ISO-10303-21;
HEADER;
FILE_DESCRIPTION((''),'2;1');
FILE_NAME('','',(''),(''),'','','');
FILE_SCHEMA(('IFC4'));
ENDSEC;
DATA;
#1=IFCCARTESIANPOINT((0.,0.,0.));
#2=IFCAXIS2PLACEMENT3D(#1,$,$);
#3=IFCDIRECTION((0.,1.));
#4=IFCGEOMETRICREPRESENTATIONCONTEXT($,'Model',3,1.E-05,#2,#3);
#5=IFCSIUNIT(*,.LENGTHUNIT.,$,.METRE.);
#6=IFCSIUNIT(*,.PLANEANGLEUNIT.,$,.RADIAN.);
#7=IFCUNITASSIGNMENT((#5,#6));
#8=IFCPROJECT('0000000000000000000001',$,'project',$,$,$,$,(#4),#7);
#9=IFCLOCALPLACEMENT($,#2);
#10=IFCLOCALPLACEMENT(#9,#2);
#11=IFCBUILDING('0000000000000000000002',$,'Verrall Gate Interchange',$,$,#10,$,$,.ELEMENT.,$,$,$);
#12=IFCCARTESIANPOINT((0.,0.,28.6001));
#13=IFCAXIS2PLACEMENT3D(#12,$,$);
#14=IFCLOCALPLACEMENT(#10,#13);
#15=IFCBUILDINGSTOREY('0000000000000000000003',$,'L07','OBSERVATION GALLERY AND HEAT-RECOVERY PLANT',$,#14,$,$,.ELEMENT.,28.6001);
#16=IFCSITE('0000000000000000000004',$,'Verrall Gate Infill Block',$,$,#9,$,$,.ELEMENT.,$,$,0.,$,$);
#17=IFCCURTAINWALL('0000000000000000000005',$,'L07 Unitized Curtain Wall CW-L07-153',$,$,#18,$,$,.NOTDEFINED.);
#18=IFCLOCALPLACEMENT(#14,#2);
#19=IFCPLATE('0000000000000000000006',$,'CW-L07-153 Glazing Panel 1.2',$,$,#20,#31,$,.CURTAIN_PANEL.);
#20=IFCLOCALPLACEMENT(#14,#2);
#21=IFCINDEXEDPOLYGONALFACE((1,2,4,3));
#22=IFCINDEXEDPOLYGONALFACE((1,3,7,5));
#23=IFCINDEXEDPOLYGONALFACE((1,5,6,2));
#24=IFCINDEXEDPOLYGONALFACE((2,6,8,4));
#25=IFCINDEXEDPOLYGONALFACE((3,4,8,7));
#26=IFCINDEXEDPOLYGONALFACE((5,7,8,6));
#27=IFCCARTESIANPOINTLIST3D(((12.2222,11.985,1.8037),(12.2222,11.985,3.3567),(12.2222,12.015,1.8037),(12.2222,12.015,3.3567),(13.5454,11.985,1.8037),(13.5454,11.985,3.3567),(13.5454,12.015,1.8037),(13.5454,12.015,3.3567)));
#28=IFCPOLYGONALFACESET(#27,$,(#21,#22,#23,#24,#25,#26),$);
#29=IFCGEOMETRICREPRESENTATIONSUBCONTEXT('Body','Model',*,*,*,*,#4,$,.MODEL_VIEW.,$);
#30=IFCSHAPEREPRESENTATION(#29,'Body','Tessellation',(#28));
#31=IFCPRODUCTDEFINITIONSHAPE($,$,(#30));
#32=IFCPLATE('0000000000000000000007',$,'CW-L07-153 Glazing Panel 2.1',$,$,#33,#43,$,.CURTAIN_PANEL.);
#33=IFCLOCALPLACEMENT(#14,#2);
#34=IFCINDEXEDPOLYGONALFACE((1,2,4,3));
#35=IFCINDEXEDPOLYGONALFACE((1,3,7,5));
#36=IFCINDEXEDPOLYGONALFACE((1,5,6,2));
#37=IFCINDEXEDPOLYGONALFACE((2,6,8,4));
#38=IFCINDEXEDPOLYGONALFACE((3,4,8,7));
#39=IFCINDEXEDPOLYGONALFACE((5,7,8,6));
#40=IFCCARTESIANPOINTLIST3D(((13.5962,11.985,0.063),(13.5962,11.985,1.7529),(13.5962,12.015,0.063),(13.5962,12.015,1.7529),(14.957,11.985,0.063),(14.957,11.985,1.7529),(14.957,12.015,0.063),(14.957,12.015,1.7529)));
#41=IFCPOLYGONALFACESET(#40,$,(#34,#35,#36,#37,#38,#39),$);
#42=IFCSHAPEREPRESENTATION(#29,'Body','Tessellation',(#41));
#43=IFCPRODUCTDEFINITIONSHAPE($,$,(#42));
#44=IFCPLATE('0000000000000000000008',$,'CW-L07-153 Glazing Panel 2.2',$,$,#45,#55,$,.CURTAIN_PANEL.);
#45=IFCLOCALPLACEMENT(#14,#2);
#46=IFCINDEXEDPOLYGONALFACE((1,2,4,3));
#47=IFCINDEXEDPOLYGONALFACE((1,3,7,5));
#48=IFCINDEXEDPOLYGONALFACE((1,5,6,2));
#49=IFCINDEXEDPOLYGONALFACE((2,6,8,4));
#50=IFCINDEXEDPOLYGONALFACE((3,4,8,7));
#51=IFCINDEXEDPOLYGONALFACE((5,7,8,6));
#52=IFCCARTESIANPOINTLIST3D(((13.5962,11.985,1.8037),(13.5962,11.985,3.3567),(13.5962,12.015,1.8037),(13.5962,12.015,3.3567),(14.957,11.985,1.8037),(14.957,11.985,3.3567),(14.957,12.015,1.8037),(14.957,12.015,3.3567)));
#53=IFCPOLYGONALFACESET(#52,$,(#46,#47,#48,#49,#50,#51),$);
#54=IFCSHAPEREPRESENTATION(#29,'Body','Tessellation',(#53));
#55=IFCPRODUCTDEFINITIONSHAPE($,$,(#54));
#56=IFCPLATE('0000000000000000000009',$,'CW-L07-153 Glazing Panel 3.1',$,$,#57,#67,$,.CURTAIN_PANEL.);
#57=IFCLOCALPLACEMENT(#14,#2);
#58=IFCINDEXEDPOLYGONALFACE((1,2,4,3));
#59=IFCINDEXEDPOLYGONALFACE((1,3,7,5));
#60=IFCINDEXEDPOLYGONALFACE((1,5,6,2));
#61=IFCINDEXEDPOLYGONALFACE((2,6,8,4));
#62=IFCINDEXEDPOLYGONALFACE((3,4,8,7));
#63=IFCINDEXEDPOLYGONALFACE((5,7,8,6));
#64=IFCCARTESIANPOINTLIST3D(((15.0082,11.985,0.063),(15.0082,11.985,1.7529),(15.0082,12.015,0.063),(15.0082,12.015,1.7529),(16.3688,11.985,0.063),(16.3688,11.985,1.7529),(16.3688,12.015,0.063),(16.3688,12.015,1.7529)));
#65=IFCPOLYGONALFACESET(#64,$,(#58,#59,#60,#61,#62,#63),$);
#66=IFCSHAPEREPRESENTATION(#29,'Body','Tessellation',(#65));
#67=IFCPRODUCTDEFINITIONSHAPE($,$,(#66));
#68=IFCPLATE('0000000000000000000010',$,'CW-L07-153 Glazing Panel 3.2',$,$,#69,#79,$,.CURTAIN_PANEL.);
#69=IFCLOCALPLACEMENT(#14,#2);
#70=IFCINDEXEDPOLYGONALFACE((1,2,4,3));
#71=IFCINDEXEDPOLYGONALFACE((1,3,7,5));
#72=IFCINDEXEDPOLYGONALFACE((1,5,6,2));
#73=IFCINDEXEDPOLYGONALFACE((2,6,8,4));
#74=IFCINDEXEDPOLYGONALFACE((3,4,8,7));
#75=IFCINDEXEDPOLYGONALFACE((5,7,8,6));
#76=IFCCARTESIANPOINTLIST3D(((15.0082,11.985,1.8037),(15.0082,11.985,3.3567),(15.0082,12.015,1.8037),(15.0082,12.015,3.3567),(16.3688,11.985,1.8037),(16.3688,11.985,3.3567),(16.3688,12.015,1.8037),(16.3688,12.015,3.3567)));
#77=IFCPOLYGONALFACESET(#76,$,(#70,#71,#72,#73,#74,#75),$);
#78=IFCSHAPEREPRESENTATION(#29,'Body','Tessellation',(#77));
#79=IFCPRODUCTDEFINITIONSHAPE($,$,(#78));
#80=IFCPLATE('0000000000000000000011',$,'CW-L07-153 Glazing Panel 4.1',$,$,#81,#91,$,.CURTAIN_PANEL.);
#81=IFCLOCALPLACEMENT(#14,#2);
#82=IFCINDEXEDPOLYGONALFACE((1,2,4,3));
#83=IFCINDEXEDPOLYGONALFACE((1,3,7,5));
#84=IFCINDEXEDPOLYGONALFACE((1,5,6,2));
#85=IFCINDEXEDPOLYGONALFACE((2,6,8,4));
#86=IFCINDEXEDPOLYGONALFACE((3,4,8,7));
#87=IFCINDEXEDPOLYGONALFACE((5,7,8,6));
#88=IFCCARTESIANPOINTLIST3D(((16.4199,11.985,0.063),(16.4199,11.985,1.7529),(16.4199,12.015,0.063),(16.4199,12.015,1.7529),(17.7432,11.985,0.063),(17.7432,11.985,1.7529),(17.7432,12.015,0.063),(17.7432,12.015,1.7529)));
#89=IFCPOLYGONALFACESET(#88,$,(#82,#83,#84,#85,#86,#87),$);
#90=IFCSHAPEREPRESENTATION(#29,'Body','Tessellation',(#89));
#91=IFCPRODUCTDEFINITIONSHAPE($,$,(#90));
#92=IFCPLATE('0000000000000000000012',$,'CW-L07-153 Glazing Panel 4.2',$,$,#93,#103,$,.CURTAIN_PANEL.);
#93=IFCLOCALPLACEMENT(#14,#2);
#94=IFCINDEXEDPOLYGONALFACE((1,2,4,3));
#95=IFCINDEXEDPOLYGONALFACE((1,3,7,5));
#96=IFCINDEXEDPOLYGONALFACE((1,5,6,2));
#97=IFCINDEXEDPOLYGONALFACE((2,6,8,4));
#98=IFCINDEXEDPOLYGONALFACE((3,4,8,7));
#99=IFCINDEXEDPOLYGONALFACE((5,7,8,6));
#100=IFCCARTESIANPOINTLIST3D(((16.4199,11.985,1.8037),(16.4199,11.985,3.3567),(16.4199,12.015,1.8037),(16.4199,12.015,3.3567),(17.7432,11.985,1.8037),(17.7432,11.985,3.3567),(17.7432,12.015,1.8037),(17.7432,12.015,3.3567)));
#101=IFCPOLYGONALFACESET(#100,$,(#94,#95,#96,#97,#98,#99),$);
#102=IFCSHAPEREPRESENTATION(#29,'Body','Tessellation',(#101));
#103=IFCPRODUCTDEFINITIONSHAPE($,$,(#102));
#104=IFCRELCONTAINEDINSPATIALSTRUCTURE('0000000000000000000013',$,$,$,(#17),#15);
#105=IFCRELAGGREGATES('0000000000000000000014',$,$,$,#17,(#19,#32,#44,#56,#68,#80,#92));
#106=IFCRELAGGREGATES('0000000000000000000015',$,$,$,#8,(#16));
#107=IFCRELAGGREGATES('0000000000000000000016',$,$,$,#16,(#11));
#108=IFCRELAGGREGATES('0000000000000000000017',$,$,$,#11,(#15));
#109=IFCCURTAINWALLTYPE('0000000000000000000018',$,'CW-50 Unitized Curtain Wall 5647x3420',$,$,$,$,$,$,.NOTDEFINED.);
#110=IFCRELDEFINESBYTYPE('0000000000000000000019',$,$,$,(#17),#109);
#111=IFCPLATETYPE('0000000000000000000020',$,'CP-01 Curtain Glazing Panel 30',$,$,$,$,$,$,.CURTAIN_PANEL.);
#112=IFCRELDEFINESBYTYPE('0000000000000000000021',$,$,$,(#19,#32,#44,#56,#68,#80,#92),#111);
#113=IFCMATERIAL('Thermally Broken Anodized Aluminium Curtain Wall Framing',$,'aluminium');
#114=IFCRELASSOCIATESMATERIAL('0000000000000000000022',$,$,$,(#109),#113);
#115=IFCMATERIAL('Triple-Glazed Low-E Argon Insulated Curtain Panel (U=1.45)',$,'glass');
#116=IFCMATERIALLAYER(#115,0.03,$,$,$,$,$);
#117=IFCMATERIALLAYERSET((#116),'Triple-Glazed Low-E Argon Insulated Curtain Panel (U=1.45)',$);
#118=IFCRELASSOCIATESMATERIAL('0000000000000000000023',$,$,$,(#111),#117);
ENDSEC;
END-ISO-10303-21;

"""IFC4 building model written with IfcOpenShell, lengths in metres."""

from ifc_helpers import new_model, si_unit, direction, frame, origin, origin_2d, place, context, subcontext, project, spatial, rectangle, extrude, material, layer, layer_set, type_object, element, aggregate, save


model = new_model("IFC4")

# Units and contexts
model_context = context("Model", 3, precision=1e-05, world=origin(), true_north=direction((0.0, 1.0)))
body_context = subcontext(model_context, "Body", "Model", "MODEL_VIEW")
ifc_project = project(units=[si_unit("LENGTHUNIT", "METRE"), si_unit("PLANEANGLEUNIT", "RADIAN")], contexts=[model_context])

# Site, building, storey
site_placement = place(None, origin())
site = spatial("IfcSite", under=ifc_project, at=site_placement, Name="Verrall Gate Infill Block", CompositionType="ELEMENT", RefElevation=0.0)
building_placement = place(site_placement, origin())
building = spatial("IfcBuilding", under=site, at=building_placement, Name="Verrall Gate Interchange", CompositionType="ELEMENT")
storey_placement = place(building_placement, frame((0.0, 0.0, 28.6001)))
storey = spatial("IfcBuildingStorey", under=building, at=storey_placement, Name="L07", Description="OBSERVATION GALLERY AND HEAT-RECOVERY PLANT", CompositionType="ELEMENT", Elevation=28.6001)

# Curtain wall
ifc_material_1 = material(Name="Thermally Broken Anodized Aluminium Curtain Wall Framing", Category="aluminium")
curtain_wall_type = type_object("IfcCurtainWallType", Name="CW-50 Unitized Curtain Wall 5647x3420", PredefinedType="NOTDEFINED", material=ifc_material_1)
curtain_wall_1_placement = place(storey_placement, origin())
curtain_wall_1 = element("IfcCurtainWall", 1, at=curtain_wall_1_placement, inside=storey, type_object=curtain_wall_type, Name="L07 Unitized Curtain Wall CW-L07-153", PredefinedType="NOTDEFINED")

# Plates
ifc_material_2 = material(Name="Triple-Glazed Low-E Argon Insulated Curtain Panel (U=1.45)", Category="glass")
ifc_layer_1 = layer(ifc_material_2, 0.03)
ifc_layer_set_1 = layer_set([ifc_layer_1], Name="Triple-Glazed Low-E Argon Insulated Curtain Panel (U=1.45)")
plate_type_1 = type_object("IfcPlateType", Name="CP-01 Curtain Glazing Panel 30", PredefinedType="CURTAIN_PANEL", material=ifc_layer_set_1)
plate_1_placement = place(storey_placement, frame((12.8838, 12.0, 1.8037), z_axis=(0.0, 0.0, 1.0), x_axis=(1.0, 0.0, 0.0)))
plate_1 = element("IfcPlate", 2, at=plate_1_placement, type_object=plate_type_1, Name="CW-L07-153 Glazing Panel 1.2", PredefinedType="CURTAIN_PANEL", context=body_context, shape_type="SweptSolid", body=[
    extrude(rectangle(XDim=1.3232, YDim=0.03, at=origin_2d()), origin(), (0.0, 0.0, 1.0), 1.553),
])
plate_2_placement = place(storey_placement, frame((14.2766, 12.0, 0.063), z_axis=(0.0, 0.0, 1.0), x_axis=(1.0, 0.0, 0.0)))
plate_2 = element("IfcPlate", 3, at=plate_2_placement, type_object=plate_type_1, Name="CW-L07-153 Glazing Panel 2.1", PredefinedType="CURTAIN_PANEL", context=body_context, shape_type="SweptSolid", body=[
    extrude(rectangle(XDim=1.3608, YDim=0.03, at=origin_2d()), origin(), (0.0, 0.0, 1.0), 1.6899),
])
plate_3_placement = place(storey_placement, frame((14.2766, 12.0, 1.8037), z_axis=(0.0, 0.0, 1.0), x_axis=(1.0, 0.0, 0.0)))
plate_3 = element("IfcPlate", 4, at=plate_3_placement, type_object=plate_type_1, Name="CW-L07-153 Glazing Panel 2.2", PredefinedType="CURTAIN_PANEL", context=body_context, shape_type="SweptSolid", body=[
    extrude(rectangle(XDim=1.3608, YDim=0.03, at=origin_2d()), origin(), (0.0, 0.0, 1.0), 1.553),
])
plate_4_placement = place(storey_placement, frame((15.6885, 12.0, 0.063), z_axis=(0.0, 0.0, 1.0), x_axis=(1.0, 0.0, 0.0)))
plate_4 = element("IfcPlate", 5, at=plate_4_placement, type_object=plate_type_1, Name="CW-L07-153 Glazing Panel 3.1", PredefinedType="CURTAIN_PANEL", context=body_context, shape_type="SweptSolid", body=[
    extrude(rectangle(XDim=1.3606, YDim=0.03, at=origin_2d()), origin(), (0.0, 0.0, 1.0), 1.6899),
])
plate_5_placement = place(storey_placement, frame((15.6885, 12.0, 1.8037), z_axis=(0.0, 0.0, 1.0), x_axis=(1.0, 0.0, 0.0)))
plate_5 = element("IfcPlate", 6, at=plate_5_placement, type_object=plate_type_1, Name="CW-L07-153 Glazing Panel 3.2", PredefinedType="CURTAIN_PANEL", context=body_context, shape_type="SweptSolid", body=[
    extrude(rectangle(XDim=1.3606, YDim=0.03, at=origin_2d()), origin(), (0.0, 0.0, 1.0), 1.553),
])
plate_6_placement = place(storey_placement, frame((17.0815, 12.0, 0.063), z_axis=(0.0, 0.0, 1.0), x_axis=(1.0, 0.0, 0.0)))
plate_6 = element("IfcPlate", 7, at=plate_6_placement, type_object=plate_type_1, Name="CW-L07-153 Glazing Panel 4.1", PredefinedType="CURTAIN_PANEL", context=body_context, shape_type="SweptSolid", body=[
    extrude(rectangle(XDim=1.3232, YDim=0.03, at=origin_2d()), origin(), (0.0, 0.0, 1.0), 1.6899),
])
plate_7_placement = place(storey_placement, frame((17.0815, 12.0, 1.8037), z_axis=(0.0, 0.0, 1.0), x_axis=(1.0, 0.0, 0.0)))
plate_7 = element("IfcPlate", 8, at=plate_7_placement, type_object=plate_type_1, Name="CW-L07-153 Glazing Panel 4.2", PredefinedType="CURTAIN_PANEL", context=body_context, shape_type="SweptSolid", body=[
    extrude(rectangle(XDim=1.3232, YDim=0.03, at=origin_2d()), origin(), (0.0, 0.0, 1.0), 1.553),
])
aggregate(curtain_wall_1, [plate_1, plate_2, plate_3, plate_4, plate_5, plate_6, plate_7])

save(model, "model.ifc")
